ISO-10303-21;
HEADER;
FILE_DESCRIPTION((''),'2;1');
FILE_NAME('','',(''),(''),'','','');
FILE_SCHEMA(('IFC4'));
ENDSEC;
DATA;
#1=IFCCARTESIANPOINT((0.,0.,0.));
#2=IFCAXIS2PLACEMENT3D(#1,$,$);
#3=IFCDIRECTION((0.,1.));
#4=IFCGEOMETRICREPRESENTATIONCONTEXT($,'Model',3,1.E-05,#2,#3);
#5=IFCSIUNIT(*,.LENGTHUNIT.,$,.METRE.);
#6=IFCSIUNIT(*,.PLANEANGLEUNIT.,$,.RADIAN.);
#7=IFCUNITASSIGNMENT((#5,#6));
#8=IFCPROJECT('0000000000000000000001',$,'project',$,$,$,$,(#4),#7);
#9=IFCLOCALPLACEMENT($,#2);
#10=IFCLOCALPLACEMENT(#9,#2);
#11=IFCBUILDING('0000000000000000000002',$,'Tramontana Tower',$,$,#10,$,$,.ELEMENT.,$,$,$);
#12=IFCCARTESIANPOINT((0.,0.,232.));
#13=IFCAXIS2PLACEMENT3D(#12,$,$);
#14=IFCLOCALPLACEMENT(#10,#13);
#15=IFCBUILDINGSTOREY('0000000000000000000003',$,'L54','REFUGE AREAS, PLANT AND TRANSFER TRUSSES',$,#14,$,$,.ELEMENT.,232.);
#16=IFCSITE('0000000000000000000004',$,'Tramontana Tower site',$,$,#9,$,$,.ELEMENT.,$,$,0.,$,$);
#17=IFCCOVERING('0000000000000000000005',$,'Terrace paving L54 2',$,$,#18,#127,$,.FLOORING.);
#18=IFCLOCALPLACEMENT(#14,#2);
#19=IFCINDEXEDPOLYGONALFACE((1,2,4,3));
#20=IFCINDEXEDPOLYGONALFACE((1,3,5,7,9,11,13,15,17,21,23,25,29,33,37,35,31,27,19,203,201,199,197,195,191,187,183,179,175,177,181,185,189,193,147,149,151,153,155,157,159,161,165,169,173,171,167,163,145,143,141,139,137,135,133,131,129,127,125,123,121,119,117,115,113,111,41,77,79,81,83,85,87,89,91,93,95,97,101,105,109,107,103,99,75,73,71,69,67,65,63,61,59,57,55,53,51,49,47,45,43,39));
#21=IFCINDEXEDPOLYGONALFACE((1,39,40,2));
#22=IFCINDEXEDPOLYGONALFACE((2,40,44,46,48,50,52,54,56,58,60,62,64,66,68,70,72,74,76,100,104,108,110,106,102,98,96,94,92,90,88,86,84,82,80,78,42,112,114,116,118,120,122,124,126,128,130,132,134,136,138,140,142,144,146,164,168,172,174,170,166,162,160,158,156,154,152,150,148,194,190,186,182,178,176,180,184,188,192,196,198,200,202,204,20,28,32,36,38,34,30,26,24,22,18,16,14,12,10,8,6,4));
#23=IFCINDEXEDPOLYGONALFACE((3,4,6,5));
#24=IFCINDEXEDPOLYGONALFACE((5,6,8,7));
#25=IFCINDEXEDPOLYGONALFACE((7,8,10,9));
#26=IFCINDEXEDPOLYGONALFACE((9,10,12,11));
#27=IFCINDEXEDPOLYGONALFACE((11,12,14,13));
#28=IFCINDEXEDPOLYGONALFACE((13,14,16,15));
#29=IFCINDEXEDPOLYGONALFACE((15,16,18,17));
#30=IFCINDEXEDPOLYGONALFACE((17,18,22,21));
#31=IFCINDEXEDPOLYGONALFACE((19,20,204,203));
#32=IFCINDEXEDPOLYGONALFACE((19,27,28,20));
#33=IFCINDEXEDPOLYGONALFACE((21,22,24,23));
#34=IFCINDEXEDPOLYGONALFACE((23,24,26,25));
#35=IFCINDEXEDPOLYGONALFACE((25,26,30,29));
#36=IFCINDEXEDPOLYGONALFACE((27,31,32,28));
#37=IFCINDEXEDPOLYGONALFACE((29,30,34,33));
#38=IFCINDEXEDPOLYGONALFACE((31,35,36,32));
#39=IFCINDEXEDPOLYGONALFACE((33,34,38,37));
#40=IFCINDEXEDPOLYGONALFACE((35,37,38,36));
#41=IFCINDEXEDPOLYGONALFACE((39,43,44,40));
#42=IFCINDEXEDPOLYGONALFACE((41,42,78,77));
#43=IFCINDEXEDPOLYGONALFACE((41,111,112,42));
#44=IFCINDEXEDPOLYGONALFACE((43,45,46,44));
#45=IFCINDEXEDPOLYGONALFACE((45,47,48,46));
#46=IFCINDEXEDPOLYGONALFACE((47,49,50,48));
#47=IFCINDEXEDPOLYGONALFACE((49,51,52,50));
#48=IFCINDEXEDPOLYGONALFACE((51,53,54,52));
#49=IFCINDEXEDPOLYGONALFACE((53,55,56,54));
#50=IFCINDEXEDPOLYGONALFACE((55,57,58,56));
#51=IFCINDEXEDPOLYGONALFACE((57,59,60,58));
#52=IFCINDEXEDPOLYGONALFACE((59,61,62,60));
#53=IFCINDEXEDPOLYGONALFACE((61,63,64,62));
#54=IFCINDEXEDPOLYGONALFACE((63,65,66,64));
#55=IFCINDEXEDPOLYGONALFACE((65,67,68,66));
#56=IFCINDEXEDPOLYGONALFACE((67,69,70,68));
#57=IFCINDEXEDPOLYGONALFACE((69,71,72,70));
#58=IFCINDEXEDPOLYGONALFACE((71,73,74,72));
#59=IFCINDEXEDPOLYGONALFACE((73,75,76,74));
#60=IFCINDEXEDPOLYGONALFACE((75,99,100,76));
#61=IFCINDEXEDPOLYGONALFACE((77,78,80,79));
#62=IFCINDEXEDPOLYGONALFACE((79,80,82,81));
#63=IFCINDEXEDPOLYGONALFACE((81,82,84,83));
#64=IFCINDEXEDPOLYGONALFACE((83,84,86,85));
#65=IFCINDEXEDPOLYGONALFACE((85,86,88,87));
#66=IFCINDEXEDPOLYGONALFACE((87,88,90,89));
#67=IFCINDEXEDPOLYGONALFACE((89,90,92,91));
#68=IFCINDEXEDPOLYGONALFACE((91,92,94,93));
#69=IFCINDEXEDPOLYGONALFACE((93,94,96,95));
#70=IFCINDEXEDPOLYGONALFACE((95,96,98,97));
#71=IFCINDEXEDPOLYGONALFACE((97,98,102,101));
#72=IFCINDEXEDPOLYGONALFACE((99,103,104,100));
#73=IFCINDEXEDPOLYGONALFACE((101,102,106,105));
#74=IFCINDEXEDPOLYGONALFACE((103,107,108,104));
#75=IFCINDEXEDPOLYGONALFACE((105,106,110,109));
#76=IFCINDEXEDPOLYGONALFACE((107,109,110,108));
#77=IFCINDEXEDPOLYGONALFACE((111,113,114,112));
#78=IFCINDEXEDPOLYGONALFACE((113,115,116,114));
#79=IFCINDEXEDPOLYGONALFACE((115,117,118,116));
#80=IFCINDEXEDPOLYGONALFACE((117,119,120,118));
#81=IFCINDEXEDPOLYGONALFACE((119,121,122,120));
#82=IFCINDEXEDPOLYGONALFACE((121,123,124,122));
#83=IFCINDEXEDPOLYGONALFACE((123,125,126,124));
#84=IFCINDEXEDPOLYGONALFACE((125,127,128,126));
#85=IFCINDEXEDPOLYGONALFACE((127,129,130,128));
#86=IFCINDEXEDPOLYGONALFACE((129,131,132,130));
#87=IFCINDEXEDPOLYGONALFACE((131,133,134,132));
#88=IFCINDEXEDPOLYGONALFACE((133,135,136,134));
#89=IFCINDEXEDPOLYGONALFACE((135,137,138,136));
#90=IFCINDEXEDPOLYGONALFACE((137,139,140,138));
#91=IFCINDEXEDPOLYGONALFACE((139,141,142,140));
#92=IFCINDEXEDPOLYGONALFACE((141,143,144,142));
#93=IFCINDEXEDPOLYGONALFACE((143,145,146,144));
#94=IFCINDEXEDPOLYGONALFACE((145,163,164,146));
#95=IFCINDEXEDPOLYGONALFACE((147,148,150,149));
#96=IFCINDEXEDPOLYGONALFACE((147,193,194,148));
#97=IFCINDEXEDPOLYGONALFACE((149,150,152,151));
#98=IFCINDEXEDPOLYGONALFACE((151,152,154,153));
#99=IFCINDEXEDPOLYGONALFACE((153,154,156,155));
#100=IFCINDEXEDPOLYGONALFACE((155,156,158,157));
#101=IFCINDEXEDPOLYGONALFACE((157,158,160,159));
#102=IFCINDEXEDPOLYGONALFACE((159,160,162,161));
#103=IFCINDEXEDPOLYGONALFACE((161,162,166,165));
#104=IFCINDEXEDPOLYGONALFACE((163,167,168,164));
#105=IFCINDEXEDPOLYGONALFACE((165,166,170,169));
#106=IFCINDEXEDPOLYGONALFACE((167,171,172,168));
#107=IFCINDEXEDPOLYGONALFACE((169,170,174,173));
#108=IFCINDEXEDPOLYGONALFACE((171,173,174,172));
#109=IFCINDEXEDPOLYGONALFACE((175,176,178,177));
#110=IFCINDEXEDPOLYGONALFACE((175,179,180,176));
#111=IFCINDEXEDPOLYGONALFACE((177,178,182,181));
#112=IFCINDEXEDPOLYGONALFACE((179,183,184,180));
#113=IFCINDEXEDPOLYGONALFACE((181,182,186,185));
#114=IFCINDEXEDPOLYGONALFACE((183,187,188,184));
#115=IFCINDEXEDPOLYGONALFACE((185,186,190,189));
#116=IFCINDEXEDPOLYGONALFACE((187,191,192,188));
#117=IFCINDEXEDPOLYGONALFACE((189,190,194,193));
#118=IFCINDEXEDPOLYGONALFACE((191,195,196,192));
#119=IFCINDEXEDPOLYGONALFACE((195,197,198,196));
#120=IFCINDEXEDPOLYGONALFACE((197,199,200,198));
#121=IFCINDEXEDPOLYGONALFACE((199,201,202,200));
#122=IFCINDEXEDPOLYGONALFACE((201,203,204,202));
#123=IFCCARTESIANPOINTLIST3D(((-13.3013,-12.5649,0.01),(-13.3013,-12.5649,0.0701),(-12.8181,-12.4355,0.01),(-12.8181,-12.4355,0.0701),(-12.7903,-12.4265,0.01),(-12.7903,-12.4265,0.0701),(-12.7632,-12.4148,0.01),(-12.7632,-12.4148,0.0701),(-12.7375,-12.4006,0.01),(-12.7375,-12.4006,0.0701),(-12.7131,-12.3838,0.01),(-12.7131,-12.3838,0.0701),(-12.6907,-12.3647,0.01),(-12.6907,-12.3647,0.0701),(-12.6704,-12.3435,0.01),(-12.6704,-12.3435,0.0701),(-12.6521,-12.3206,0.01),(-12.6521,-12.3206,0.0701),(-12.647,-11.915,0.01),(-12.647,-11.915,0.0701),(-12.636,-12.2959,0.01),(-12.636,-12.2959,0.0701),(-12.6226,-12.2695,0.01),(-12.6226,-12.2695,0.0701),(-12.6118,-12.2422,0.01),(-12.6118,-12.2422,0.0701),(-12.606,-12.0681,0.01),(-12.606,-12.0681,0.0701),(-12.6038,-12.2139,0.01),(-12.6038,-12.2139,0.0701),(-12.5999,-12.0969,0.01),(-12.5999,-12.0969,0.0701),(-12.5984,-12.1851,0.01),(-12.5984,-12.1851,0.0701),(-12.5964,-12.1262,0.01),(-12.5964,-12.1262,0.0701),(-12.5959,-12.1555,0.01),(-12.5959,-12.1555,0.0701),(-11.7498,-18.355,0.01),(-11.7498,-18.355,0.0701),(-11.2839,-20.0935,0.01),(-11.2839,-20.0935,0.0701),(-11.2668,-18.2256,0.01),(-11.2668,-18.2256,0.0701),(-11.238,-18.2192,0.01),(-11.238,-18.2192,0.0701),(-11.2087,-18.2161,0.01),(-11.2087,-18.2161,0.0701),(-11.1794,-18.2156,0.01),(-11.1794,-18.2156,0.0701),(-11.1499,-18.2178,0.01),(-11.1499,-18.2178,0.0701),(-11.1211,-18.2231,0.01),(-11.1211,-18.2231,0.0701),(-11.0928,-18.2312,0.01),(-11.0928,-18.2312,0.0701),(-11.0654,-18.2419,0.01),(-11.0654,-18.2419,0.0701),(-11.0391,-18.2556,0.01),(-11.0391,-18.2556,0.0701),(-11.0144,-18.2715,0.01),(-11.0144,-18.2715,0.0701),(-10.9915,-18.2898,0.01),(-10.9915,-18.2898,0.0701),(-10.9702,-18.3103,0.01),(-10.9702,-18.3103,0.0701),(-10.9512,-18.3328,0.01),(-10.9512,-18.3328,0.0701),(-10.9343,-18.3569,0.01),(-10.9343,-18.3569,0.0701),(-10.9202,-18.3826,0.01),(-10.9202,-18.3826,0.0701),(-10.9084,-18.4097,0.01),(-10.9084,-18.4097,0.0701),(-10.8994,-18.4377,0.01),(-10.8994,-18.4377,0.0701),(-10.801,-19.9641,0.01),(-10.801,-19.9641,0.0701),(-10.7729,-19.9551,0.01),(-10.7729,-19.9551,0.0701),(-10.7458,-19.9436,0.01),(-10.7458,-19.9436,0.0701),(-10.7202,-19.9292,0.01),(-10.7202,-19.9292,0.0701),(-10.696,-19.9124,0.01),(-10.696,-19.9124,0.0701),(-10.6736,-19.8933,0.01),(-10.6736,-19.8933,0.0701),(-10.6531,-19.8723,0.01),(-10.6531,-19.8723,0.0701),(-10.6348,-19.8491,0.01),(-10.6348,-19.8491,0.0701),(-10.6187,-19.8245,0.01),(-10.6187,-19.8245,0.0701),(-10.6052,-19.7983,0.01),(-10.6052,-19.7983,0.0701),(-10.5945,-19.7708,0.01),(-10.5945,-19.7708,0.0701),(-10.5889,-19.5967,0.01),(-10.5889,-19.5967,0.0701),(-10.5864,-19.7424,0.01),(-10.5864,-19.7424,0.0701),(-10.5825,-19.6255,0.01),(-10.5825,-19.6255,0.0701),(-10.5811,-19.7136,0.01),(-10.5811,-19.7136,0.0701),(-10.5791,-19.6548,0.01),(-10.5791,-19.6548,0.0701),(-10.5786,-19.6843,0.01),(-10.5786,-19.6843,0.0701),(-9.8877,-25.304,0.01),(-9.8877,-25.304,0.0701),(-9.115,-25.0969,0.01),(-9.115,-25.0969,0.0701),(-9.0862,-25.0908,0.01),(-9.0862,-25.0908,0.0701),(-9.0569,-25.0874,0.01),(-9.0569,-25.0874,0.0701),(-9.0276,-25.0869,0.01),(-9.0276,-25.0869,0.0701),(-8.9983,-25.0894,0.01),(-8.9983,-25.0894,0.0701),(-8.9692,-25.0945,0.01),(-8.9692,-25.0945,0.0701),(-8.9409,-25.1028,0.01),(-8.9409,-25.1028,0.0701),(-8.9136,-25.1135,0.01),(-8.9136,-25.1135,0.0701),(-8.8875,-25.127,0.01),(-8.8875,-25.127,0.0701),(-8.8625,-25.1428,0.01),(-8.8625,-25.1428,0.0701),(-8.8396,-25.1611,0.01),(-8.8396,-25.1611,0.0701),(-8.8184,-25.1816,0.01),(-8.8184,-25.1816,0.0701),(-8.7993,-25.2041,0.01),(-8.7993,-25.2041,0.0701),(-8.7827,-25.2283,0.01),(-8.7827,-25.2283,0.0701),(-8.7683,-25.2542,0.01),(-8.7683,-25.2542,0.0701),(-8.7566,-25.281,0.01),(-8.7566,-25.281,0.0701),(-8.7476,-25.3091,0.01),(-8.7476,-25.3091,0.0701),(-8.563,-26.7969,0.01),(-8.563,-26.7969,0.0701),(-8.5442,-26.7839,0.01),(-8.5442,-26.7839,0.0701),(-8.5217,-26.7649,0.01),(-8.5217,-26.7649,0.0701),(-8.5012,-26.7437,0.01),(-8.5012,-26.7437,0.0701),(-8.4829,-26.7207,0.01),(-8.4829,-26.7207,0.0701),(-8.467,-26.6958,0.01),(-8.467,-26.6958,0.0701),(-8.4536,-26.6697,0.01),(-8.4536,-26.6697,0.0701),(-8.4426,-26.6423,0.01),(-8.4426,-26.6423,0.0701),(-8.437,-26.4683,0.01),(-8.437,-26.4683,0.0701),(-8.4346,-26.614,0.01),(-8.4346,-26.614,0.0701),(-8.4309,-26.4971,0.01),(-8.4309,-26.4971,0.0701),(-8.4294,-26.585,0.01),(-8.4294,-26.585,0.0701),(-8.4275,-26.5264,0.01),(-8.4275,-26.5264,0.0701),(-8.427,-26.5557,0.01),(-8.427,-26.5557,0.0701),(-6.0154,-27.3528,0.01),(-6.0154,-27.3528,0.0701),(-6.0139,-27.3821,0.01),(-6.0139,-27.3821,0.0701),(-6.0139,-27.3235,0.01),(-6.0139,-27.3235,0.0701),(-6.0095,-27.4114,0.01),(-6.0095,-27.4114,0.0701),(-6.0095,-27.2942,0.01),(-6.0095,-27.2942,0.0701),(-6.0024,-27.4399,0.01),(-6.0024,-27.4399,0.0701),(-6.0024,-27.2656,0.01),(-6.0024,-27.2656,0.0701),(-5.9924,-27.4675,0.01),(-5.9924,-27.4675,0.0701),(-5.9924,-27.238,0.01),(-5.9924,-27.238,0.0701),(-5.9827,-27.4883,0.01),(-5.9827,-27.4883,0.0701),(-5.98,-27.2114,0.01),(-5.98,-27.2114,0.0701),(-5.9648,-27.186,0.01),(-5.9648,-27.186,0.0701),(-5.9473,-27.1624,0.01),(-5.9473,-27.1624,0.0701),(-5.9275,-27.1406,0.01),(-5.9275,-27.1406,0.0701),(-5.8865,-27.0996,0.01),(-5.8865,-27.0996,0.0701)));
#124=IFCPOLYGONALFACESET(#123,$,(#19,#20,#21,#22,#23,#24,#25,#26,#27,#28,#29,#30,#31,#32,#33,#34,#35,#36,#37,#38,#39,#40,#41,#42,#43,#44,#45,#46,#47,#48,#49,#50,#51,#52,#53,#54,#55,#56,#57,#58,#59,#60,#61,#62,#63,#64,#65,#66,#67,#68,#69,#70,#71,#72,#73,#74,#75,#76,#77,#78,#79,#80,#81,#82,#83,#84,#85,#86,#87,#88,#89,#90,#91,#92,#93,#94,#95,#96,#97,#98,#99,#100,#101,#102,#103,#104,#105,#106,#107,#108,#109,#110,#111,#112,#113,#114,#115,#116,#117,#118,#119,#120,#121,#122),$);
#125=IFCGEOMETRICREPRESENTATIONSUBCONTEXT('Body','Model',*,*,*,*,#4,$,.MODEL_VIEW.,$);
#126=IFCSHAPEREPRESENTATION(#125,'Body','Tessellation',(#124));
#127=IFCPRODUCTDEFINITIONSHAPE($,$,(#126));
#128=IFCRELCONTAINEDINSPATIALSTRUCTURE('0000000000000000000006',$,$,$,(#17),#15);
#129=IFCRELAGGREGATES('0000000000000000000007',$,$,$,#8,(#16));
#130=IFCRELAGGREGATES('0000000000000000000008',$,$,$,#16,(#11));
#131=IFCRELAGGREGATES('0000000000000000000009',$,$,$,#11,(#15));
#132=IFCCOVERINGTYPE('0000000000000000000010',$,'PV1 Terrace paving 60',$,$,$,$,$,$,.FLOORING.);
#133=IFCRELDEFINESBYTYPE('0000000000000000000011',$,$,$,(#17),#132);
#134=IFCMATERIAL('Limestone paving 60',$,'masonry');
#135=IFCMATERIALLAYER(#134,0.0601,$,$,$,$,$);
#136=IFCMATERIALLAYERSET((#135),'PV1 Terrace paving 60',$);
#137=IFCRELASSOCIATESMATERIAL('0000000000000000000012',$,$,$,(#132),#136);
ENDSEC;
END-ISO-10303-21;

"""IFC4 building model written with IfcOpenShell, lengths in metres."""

from ifc_helpers import new_model, si_unit, direction, frame, origin, place, context, subcontext, project, spatial, polyline, outline, extrude, material, layer, layer_set, type_object, element, save


model = new_model("IFC4")

# Units and contexts
model_context = context("Model", 3, precision=1e-05, world=origin(), true_north=direction((0.0, 1.0)))
body_context = subcontext(model_context, "Body", "Model", "MODEL_VIEW")
ifc_project = project(units=[si_unit("LENGTHUNIT", "METRE"), si_unit("PLANEANGLEUNIT", "RADIAN")], contexts=[model_context])

# Site, building, storey
site_placement = place(None, origin())
site = spatial("IfcSite", under=ifc_project, at=site_placement, Name="Tramontana Tower site", CompositionType="ELEMENT", RefElevation=0.0)
building_placement = place(site_placement, origin())
building = spatial("IfcBuilding", under=site, at=building_placement, Name="Tramontana Tower", CompositionType="ELEMENT")
storey_placement = place(building_placement, frame((0.0, 0.0, 232.0)))
storey = spatial("IfcBuildingStorey", under=building, at=storey_placement, Name="L54", Description="REFUGE AREAS, PLANT AND TRANSFER TRUSSES", CompositionType="ELEMENT", Elevation=232.0)

# Covering
ifc_material_1 = material(Name="Limestone paving 60", Category="masonry")
ifc_layer_1 = layer(ifc_material_1, 0.0601)
ifc_layer_set_1 = layer_set([ifc_layer_1], Name="PV1 Terrace paving 60")
covering_type_1 = type_object("IfcCoveringType", Name="PV1 Terrace paving 60", PredefinedType="FLOORING", material=ifc_layer_set_1)
covering_1_placement = place(storey_placement, frame((0.0, 0.0, 0.01)))
element("IfcCovering", 1, at=covering_1_placement, inside=storey, type_object=covering_type_1, Name="Terrace paving L54 2", PredefinedType="FLOORING", context=body_context, shape_type="SweptSolid", body=[
    extrude(outline(polyline([(-8.563, -26.7969), (-8.5442, -26.7839), (-8.5217, -26.7649), (-8.5012, -26.7437), (-8.4829, -26.7207), (-8.467, -26.6958), (-8.4536, -26.6697), (-8.4426, -26.6423), (-8.4346, -26.614), (-8.4294, -26.585), (-8.427, -26.5557), (-8.4275, -26.5264), (-8.4309, -26.4971), (-8.437, -26.4683), (-8.7476, -25.3091), (-8.7566, -25.281), (-8.7683, -25.2542), (-8.7827, -25.2283), (-8.7993, -25.2041), (-8.8184, -25.1816), (-8.8396, -25.1611), (-8.8625, -25.1428), (-8.8875, -25.127), (-8.9136, -25.1135), (-8.9409, -25.1028), (-8.9692, -25.0945), (-8.9983, -25.0894), (-9.0276, -25.0869), (-9.0569, -25.0874), (-9.0862, -25.0908), (-9.115, -25.0969), (-9.8877, -25.304), (-11.2839, -20.0935), (-10.801, -19.9641), (-10.7729, -19.9551), (-10.7458, -19.9436), (-10.7202, -19.9292), (-10.696, -19.9124), (-10.6736, -19.8933), (-10.6531, -19.8723), (-10.6348, -19.8491), (-10.6187, -19.8245), (-10.6052, -19.7983), (-10.5945, -19.7708), (-10.5864, -19.7424), (-10.5811, -19.7136), (-10.5786, -19.6843), (-10.5791, -19.6548), (-10.5825, -19.6255), (-10.5889, -19.5967), (-10.8994, -18.4377), (-10.9084, -18.4097), (-10.9202, -18.3826), (-10.9343, -18.3569), (-10.9512, -18.3328), (-10.9702, -18.3103), (-10.9915, -18.2898), (-11.0144, -18.2715), (-11.0391, -18.2556), (-11.0654, -18.2419), (-11.0928, -18.2312), (-11.1211, -18.2231), (-11.1499, -18.2178), (-11.1794, -18.2156), (-11.2087, -18.2161), (-11.238, -18.2192), (-11.2668, -18.2256), (-11.7498, -18.355), (-13.3013, -12.5649), (-12.8181, -12.4355), (-12.7903, -12.4265), (-12.7632, -12.4148), (-12.7375, -12.4006), (-12.7131, -12.3838), (-12.6907, -12.3647), (-12.6704, -12.3435), (-12.6521, -12.3206), (-12.636, -12.2959), (-12.6226, -12.2695), (-12.6118, -12.2422), (-12.6038, -12.2139), (-12.5984, -12.1851), (-12.5959, -12.1555), (-12.5964, -12.1262), (-12.5999, -12.0969), (-12.606, -12.0681), (-12.647, -11.915), (-5.8865, -27.0996), (-5.9275, -27.1406), (-5.9473, -27.1624), (-5.9648, -27.186), (-5.98, -27.2114), (-5.9924, -27.238), (-6.0024, -27.2656), (-6.0095, -27.2942), (-6.0139, -27.3235), (-6.0154, -27.3528), (-6.0139, -27.3821), (-6.0095, -27.4114), (-6.0024, -27.4399), (-5.9924, -27.4675), (-5.9827, -27.4883), (-8.563, -26.7969)])), origin(), (0.0, 0.0, 1.0), 0.0601),
])

save(model, "model.ifc")
